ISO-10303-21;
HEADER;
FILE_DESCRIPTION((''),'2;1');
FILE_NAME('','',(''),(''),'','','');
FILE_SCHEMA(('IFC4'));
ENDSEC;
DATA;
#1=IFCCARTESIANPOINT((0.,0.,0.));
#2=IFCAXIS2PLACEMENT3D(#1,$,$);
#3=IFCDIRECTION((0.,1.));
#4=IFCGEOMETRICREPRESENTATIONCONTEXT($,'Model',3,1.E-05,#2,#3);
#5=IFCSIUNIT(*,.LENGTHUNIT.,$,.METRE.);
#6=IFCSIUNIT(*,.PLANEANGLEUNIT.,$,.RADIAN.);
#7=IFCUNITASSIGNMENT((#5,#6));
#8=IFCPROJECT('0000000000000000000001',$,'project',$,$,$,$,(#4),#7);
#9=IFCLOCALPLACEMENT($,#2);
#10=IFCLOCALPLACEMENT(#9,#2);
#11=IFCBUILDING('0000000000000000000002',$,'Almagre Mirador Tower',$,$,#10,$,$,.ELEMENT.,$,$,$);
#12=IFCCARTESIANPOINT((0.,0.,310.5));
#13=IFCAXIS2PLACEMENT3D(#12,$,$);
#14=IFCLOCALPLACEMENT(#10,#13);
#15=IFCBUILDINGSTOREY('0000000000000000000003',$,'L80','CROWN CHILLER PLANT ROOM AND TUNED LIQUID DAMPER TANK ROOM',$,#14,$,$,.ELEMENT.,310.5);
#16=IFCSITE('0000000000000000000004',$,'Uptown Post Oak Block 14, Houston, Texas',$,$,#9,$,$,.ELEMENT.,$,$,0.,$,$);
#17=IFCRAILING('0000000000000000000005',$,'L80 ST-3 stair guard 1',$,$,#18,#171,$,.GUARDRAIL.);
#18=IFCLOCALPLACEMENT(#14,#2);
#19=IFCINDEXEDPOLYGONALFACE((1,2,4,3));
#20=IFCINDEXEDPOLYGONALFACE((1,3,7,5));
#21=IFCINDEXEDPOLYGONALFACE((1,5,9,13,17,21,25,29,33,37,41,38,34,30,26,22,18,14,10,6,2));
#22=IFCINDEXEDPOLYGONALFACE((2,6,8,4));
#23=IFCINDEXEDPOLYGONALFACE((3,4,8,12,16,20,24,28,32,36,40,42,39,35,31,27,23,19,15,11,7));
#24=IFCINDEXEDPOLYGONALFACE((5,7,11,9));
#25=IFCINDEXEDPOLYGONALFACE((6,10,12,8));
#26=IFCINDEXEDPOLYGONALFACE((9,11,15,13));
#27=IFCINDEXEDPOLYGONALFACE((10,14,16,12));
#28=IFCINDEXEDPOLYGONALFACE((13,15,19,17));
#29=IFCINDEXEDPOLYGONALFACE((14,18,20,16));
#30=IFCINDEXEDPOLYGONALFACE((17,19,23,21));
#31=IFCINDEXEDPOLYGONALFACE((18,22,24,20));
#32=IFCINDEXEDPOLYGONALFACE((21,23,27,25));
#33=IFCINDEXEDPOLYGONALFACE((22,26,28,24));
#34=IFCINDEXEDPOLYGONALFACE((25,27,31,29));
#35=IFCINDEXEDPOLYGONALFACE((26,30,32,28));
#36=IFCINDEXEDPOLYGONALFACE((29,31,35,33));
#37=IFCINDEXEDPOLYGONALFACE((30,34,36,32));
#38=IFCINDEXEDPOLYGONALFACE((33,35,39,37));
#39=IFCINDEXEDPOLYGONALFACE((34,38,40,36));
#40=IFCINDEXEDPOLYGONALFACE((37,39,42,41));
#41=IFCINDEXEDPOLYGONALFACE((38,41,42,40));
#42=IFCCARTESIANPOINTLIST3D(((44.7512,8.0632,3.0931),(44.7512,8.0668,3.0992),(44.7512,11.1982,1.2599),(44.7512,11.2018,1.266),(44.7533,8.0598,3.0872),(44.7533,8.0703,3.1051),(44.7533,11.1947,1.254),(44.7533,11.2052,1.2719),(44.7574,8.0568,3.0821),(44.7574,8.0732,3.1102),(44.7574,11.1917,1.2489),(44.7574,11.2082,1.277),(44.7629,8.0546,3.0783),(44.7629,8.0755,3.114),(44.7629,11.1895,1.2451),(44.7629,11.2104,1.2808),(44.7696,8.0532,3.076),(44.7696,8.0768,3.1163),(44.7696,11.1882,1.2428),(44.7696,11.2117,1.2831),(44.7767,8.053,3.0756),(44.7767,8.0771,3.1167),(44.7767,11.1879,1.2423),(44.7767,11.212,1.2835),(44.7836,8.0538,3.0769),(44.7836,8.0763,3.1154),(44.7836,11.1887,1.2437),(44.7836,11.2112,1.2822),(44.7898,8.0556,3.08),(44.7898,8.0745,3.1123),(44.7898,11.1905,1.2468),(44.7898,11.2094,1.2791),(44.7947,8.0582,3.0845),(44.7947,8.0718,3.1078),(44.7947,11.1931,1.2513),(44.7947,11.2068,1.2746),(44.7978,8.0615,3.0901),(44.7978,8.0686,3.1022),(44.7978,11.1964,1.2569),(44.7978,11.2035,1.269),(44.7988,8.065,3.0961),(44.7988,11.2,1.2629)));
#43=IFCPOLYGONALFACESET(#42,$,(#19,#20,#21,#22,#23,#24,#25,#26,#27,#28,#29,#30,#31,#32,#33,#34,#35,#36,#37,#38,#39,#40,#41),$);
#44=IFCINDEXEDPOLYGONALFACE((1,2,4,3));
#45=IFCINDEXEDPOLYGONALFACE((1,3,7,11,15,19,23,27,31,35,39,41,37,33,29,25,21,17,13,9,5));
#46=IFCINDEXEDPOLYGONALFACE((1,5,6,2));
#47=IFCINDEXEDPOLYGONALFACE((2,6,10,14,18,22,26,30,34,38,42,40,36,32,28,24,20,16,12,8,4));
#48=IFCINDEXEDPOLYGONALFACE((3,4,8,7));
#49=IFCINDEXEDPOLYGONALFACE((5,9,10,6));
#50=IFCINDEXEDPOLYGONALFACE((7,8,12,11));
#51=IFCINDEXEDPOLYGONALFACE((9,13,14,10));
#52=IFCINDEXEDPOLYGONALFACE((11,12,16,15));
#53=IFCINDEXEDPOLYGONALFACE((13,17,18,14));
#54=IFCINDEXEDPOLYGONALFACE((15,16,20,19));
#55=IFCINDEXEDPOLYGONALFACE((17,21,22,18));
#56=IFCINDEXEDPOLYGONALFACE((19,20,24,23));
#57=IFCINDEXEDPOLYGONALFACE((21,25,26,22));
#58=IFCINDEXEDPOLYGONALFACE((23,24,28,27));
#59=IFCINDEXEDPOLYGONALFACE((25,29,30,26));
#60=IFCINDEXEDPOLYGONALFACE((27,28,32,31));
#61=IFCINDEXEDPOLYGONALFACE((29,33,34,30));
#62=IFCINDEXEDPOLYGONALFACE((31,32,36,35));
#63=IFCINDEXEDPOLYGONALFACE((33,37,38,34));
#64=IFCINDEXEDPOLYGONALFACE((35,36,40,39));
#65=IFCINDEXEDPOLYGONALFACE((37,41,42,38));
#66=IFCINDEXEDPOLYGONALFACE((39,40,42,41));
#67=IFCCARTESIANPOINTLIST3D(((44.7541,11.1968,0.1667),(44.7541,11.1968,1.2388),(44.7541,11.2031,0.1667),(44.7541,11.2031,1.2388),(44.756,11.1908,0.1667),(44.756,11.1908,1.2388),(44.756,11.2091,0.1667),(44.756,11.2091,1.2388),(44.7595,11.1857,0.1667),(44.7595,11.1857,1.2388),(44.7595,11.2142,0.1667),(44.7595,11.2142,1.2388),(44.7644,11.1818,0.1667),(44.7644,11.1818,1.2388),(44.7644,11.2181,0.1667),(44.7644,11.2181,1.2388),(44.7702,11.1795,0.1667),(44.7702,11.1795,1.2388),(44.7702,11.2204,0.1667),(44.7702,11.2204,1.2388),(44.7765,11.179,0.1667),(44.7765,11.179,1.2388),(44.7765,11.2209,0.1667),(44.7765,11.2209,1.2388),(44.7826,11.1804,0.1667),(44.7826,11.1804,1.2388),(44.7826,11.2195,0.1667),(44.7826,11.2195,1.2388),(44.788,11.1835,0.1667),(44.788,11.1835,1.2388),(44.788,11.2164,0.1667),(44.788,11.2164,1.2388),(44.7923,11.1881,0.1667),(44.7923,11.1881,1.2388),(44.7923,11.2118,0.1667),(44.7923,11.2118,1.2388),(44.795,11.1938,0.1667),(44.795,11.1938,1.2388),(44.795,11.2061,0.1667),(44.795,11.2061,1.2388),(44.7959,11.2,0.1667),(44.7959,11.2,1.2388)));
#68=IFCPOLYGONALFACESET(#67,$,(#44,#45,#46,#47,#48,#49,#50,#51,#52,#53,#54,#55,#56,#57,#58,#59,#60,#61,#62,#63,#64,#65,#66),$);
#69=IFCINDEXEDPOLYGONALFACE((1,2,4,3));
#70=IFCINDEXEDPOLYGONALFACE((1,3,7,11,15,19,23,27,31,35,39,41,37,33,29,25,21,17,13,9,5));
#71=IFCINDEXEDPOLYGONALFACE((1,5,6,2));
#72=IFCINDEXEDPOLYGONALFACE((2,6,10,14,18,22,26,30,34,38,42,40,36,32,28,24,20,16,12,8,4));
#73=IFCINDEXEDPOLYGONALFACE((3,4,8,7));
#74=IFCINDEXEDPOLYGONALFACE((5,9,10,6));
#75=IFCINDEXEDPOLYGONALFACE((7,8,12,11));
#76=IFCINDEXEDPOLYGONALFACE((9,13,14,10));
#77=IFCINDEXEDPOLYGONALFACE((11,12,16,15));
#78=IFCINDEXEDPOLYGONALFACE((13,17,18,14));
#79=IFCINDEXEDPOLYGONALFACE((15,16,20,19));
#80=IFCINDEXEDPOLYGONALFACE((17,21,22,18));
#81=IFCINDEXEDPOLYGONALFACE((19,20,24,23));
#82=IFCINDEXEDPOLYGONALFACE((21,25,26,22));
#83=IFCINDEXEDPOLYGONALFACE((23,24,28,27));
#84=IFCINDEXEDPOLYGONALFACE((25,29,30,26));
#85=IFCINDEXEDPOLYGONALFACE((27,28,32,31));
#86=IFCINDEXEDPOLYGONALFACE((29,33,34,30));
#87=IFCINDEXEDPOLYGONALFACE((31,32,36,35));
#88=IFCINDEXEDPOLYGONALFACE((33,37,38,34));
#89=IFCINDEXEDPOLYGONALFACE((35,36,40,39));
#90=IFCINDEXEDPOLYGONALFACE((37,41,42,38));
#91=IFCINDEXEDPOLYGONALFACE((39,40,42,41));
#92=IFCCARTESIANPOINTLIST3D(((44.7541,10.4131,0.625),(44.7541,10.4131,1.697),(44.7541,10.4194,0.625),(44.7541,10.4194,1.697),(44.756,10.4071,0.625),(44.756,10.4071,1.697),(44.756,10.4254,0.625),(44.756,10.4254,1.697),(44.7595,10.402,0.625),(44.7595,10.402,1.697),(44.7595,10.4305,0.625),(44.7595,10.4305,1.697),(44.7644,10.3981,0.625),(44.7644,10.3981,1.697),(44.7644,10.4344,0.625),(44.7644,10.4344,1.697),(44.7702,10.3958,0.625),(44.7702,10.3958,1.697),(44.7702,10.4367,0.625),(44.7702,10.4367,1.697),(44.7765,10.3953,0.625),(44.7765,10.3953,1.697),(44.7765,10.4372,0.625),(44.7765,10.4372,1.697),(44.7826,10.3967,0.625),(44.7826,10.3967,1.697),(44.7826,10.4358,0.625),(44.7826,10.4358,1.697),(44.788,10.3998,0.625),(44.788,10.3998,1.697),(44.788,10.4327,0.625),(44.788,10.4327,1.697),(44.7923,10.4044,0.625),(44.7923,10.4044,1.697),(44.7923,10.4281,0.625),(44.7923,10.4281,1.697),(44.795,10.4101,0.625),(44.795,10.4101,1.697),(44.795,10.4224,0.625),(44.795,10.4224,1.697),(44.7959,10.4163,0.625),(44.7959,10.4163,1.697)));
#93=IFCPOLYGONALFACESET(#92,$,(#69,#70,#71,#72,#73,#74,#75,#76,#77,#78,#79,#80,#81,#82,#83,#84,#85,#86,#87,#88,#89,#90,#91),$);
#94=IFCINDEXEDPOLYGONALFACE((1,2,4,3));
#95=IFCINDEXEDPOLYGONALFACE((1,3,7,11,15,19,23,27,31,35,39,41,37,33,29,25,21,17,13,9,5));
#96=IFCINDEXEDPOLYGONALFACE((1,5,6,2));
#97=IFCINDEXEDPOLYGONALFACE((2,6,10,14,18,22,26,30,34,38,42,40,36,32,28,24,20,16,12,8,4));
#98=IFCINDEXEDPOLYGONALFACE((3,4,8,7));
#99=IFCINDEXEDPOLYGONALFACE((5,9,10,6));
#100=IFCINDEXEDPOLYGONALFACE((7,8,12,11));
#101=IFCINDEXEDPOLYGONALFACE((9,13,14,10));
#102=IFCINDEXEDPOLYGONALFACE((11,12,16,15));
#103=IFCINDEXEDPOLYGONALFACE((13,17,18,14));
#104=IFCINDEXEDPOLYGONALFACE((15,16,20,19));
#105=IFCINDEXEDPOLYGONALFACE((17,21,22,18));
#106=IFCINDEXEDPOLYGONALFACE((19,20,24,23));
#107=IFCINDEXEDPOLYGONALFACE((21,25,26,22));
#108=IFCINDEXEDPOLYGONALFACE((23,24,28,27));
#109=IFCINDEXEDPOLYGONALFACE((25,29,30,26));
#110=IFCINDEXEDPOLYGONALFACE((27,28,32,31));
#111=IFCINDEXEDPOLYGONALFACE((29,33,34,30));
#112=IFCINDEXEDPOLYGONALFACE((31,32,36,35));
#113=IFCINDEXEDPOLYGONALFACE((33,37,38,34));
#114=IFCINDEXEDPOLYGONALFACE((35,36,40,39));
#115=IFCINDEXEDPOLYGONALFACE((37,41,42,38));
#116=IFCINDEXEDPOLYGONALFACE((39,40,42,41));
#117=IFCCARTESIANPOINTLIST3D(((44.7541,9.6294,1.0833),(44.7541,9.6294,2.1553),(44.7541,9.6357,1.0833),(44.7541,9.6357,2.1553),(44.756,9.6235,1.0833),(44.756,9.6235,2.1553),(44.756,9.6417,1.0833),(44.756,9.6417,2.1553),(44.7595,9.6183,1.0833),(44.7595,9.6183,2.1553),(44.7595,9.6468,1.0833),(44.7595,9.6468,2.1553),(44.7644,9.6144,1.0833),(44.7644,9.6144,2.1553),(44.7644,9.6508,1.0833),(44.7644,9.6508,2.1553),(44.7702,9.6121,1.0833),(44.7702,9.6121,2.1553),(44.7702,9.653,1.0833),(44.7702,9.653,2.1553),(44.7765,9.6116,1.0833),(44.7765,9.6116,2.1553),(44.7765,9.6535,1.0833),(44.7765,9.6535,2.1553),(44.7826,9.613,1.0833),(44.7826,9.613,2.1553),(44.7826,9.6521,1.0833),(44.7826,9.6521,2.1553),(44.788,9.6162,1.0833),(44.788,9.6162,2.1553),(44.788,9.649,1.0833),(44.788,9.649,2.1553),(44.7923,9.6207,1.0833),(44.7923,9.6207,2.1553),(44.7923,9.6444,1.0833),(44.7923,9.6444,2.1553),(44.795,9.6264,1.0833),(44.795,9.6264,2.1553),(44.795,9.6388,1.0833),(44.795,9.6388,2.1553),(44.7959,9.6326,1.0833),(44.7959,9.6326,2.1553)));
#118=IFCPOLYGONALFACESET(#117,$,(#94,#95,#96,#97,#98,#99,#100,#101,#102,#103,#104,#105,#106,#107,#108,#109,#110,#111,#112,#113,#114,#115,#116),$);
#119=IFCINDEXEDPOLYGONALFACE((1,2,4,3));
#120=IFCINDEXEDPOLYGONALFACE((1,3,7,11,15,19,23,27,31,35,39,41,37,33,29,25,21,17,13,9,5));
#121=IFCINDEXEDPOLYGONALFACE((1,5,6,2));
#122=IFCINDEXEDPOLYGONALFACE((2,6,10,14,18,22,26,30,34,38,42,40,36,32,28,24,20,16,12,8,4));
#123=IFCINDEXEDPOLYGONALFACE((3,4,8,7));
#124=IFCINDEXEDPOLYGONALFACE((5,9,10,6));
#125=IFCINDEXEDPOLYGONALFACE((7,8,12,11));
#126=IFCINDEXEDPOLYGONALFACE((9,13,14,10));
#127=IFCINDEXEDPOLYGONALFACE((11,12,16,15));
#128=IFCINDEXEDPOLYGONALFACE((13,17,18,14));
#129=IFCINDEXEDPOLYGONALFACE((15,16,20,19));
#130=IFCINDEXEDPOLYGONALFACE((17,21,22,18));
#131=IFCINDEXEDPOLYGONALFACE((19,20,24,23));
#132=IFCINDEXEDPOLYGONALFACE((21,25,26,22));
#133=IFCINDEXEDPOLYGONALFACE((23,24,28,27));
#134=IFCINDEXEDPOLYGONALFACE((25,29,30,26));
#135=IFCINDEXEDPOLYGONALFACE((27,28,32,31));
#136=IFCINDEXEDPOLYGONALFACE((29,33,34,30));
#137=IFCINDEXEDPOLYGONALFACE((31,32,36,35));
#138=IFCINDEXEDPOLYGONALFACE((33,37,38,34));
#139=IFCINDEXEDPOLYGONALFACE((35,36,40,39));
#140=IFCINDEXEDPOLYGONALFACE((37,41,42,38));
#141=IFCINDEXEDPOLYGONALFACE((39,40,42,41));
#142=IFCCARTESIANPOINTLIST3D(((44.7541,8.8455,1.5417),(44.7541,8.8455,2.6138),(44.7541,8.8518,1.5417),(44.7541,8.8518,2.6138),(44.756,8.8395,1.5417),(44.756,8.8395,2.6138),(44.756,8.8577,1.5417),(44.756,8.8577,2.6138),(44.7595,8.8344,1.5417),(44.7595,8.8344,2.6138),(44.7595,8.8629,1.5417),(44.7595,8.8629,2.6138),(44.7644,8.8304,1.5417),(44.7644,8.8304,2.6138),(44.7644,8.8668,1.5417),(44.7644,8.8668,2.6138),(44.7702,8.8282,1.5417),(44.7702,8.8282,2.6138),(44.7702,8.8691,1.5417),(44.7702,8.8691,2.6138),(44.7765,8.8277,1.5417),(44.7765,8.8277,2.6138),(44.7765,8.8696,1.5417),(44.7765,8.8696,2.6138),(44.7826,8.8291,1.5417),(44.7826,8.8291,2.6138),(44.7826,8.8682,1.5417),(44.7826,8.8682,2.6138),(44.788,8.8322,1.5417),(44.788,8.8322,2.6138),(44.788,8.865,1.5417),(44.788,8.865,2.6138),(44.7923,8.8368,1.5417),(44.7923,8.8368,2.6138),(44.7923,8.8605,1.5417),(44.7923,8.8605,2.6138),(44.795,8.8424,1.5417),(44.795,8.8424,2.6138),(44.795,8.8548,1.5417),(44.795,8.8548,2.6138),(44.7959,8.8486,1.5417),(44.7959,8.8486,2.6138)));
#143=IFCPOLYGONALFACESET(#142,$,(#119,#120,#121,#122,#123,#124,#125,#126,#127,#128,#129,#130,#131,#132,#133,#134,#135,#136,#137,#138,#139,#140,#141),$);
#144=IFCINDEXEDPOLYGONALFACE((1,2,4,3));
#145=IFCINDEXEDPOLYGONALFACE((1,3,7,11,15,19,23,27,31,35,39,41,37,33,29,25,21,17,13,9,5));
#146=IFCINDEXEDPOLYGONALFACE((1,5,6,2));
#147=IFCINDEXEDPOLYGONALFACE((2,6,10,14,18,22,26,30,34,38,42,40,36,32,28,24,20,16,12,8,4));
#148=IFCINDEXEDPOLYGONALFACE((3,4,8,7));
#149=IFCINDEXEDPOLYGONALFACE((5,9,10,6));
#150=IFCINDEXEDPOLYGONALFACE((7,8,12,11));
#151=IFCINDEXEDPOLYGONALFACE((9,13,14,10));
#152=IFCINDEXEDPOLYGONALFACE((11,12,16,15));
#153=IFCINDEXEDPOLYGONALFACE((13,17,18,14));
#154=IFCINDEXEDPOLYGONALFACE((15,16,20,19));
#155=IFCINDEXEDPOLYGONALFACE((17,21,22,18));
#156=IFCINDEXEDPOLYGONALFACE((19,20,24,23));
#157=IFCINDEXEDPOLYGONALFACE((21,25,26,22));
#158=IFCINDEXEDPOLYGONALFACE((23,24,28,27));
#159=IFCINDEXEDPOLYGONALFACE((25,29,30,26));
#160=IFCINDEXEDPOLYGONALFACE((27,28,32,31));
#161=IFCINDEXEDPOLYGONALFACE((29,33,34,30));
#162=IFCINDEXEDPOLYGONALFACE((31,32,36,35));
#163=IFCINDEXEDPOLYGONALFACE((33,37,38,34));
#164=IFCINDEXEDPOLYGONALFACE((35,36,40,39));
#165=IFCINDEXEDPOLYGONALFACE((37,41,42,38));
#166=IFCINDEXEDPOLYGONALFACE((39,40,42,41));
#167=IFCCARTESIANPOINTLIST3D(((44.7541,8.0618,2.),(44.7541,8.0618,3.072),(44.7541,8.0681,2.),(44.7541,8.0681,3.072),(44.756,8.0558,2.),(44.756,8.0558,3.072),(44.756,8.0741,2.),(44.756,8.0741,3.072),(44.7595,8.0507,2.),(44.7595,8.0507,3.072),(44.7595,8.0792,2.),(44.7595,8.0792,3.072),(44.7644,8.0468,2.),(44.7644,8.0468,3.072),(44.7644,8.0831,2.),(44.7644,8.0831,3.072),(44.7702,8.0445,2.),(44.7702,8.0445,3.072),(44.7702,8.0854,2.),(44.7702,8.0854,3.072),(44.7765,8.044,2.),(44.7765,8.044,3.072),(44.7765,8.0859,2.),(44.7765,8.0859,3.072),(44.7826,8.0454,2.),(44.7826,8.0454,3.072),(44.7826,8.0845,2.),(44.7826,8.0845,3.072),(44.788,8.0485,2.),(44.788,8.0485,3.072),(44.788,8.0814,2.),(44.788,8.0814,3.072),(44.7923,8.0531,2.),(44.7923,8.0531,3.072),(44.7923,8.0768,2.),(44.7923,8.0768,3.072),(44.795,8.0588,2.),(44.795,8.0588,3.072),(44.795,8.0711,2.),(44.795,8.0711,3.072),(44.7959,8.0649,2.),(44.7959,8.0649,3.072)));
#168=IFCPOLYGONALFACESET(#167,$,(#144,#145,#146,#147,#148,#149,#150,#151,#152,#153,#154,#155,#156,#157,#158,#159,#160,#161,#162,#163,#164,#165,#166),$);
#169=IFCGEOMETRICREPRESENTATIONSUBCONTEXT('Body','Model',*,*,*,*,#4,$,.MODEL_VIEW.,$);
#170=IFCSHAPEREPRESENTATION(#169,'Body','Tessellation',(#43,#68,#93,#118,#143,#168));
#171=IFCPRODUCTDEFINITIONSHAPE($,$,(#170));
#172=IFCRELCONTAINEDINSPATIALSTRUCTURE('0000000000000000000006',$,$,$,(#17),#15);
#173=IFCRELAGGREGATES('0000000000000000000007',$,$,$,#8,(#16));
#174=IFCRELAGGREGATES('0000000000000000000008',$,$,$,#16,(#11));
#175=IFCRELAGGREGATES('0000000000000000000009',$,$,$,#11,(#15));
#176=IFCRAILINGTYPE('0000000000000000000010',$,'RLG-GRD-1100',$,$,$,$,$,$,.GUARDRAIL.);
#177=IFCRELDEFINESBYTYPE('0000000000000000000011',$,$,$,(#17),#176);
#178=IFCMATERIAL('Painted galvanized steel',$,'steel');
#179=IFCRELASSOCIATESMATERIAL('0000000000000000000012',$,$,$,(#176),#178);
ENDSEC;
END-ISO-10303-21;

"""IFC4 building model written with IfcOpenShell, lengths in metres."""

from ifc_helpers import new_model, si_unit, direction, frame, origin, origin_2d, place, context, subcontext, project, spatial, circle, extrude, material, type_object, element, save


model = new_model("IFC4")

# Units and contexts
model_context = context("Model", 3, precision=1e-05, world=origin(), true_north=direction((0.0, 1.0)))
body_context = subcontext(model_context, "Body", "Model", "MODEL_VIEW")
ifc_project = project(units=[si_unit("LENGTHUNIT", "METRE"), si_unit("PLANEANGLEUNIT", "RADIAN")], contexts=[model_context])

# Site, building, storey
site_placement = place(None, origin())
site = spatial("IfcSite", under=ifc_project, at=site_placement, Name="Uptown Post Oak Block 14, Houston, Texas", CompositionType="ELEMENT", RefElevation=0.0)
building_placement = place(site_placement, origin())
building = spatial("IfcBuilding", under=site, at=building_placement, Name="Almagre Mirador Tower", CompositionType="ELEMENT")
storey_placement = place(building_placement, frame((0.0, 0.0, 310.5)))
storey = spatial("IfcBuildingStorey", under=building, at=storey_placement, Name="L80", Description="CROWN CHILLER PLANT ROOM AND TUNED LIQUID DAMPER TANK ROOM", CompositionType="ELEMENT", Elevation=310.5)

# Railing
ifc_material_1 = material(Name="Painted galvanized steel", Category="steel")
railing_type_1 = type_object("IfcRailingType", Name="RLG-GRD-1100", PredefinedType="GUARDRAIL", material=ifc_material_1)
railing_1_placement = place(storey_placement, frame((44.7749, 11.2, 0.1667)))
element("IfcRailing", 1, at=railing_1_placement, inside=storey, type_object=railing_type_1, Name="L80 ST-3 stair guard 1", PredefinedType="GUARDRAIL", context=body_context, shape_type="SweptSolid", body=[
    extrude(circle(Radius=0.0239, at=origin_2d()), frame((0.0, 0.0, 1.0962), z_axis=(0.0, -0.86324, 0.504794), x_axis=(1.0, 0.0, 0.0)), (0.0, 0.0, 1.0), 3.6316),
    extrude(circle(Radius=0.021, at=origin_2d()), origin(), (0.0, 0.0, 1.0), 1.072),
    extrude(circle(Radius=0.021, at=origin_2d()), frame((0.0, -0.7837, 0.4583)), (0.0, 0.0, 1.0), 1.072),
    extrude(circle(Radius=0.021, at=origin_2d()), frame((0.0, -1.5674, 0.9165)), (0.0, 0.0, 1.0), 1.072),
    extrude(circle(Radius=0.021, at=origin_2d()), frame((0.0, -2.3513, 1.375)), (0.0, 0.0, 1.0), 1.072),
    extrude(circle(Radius=0.021, at=origin_2d()), frame((0.0, -3.135, 1.8333)), (0.0, 0.0, 1.0), 1.072),
])

save(model, "model.ifc")
